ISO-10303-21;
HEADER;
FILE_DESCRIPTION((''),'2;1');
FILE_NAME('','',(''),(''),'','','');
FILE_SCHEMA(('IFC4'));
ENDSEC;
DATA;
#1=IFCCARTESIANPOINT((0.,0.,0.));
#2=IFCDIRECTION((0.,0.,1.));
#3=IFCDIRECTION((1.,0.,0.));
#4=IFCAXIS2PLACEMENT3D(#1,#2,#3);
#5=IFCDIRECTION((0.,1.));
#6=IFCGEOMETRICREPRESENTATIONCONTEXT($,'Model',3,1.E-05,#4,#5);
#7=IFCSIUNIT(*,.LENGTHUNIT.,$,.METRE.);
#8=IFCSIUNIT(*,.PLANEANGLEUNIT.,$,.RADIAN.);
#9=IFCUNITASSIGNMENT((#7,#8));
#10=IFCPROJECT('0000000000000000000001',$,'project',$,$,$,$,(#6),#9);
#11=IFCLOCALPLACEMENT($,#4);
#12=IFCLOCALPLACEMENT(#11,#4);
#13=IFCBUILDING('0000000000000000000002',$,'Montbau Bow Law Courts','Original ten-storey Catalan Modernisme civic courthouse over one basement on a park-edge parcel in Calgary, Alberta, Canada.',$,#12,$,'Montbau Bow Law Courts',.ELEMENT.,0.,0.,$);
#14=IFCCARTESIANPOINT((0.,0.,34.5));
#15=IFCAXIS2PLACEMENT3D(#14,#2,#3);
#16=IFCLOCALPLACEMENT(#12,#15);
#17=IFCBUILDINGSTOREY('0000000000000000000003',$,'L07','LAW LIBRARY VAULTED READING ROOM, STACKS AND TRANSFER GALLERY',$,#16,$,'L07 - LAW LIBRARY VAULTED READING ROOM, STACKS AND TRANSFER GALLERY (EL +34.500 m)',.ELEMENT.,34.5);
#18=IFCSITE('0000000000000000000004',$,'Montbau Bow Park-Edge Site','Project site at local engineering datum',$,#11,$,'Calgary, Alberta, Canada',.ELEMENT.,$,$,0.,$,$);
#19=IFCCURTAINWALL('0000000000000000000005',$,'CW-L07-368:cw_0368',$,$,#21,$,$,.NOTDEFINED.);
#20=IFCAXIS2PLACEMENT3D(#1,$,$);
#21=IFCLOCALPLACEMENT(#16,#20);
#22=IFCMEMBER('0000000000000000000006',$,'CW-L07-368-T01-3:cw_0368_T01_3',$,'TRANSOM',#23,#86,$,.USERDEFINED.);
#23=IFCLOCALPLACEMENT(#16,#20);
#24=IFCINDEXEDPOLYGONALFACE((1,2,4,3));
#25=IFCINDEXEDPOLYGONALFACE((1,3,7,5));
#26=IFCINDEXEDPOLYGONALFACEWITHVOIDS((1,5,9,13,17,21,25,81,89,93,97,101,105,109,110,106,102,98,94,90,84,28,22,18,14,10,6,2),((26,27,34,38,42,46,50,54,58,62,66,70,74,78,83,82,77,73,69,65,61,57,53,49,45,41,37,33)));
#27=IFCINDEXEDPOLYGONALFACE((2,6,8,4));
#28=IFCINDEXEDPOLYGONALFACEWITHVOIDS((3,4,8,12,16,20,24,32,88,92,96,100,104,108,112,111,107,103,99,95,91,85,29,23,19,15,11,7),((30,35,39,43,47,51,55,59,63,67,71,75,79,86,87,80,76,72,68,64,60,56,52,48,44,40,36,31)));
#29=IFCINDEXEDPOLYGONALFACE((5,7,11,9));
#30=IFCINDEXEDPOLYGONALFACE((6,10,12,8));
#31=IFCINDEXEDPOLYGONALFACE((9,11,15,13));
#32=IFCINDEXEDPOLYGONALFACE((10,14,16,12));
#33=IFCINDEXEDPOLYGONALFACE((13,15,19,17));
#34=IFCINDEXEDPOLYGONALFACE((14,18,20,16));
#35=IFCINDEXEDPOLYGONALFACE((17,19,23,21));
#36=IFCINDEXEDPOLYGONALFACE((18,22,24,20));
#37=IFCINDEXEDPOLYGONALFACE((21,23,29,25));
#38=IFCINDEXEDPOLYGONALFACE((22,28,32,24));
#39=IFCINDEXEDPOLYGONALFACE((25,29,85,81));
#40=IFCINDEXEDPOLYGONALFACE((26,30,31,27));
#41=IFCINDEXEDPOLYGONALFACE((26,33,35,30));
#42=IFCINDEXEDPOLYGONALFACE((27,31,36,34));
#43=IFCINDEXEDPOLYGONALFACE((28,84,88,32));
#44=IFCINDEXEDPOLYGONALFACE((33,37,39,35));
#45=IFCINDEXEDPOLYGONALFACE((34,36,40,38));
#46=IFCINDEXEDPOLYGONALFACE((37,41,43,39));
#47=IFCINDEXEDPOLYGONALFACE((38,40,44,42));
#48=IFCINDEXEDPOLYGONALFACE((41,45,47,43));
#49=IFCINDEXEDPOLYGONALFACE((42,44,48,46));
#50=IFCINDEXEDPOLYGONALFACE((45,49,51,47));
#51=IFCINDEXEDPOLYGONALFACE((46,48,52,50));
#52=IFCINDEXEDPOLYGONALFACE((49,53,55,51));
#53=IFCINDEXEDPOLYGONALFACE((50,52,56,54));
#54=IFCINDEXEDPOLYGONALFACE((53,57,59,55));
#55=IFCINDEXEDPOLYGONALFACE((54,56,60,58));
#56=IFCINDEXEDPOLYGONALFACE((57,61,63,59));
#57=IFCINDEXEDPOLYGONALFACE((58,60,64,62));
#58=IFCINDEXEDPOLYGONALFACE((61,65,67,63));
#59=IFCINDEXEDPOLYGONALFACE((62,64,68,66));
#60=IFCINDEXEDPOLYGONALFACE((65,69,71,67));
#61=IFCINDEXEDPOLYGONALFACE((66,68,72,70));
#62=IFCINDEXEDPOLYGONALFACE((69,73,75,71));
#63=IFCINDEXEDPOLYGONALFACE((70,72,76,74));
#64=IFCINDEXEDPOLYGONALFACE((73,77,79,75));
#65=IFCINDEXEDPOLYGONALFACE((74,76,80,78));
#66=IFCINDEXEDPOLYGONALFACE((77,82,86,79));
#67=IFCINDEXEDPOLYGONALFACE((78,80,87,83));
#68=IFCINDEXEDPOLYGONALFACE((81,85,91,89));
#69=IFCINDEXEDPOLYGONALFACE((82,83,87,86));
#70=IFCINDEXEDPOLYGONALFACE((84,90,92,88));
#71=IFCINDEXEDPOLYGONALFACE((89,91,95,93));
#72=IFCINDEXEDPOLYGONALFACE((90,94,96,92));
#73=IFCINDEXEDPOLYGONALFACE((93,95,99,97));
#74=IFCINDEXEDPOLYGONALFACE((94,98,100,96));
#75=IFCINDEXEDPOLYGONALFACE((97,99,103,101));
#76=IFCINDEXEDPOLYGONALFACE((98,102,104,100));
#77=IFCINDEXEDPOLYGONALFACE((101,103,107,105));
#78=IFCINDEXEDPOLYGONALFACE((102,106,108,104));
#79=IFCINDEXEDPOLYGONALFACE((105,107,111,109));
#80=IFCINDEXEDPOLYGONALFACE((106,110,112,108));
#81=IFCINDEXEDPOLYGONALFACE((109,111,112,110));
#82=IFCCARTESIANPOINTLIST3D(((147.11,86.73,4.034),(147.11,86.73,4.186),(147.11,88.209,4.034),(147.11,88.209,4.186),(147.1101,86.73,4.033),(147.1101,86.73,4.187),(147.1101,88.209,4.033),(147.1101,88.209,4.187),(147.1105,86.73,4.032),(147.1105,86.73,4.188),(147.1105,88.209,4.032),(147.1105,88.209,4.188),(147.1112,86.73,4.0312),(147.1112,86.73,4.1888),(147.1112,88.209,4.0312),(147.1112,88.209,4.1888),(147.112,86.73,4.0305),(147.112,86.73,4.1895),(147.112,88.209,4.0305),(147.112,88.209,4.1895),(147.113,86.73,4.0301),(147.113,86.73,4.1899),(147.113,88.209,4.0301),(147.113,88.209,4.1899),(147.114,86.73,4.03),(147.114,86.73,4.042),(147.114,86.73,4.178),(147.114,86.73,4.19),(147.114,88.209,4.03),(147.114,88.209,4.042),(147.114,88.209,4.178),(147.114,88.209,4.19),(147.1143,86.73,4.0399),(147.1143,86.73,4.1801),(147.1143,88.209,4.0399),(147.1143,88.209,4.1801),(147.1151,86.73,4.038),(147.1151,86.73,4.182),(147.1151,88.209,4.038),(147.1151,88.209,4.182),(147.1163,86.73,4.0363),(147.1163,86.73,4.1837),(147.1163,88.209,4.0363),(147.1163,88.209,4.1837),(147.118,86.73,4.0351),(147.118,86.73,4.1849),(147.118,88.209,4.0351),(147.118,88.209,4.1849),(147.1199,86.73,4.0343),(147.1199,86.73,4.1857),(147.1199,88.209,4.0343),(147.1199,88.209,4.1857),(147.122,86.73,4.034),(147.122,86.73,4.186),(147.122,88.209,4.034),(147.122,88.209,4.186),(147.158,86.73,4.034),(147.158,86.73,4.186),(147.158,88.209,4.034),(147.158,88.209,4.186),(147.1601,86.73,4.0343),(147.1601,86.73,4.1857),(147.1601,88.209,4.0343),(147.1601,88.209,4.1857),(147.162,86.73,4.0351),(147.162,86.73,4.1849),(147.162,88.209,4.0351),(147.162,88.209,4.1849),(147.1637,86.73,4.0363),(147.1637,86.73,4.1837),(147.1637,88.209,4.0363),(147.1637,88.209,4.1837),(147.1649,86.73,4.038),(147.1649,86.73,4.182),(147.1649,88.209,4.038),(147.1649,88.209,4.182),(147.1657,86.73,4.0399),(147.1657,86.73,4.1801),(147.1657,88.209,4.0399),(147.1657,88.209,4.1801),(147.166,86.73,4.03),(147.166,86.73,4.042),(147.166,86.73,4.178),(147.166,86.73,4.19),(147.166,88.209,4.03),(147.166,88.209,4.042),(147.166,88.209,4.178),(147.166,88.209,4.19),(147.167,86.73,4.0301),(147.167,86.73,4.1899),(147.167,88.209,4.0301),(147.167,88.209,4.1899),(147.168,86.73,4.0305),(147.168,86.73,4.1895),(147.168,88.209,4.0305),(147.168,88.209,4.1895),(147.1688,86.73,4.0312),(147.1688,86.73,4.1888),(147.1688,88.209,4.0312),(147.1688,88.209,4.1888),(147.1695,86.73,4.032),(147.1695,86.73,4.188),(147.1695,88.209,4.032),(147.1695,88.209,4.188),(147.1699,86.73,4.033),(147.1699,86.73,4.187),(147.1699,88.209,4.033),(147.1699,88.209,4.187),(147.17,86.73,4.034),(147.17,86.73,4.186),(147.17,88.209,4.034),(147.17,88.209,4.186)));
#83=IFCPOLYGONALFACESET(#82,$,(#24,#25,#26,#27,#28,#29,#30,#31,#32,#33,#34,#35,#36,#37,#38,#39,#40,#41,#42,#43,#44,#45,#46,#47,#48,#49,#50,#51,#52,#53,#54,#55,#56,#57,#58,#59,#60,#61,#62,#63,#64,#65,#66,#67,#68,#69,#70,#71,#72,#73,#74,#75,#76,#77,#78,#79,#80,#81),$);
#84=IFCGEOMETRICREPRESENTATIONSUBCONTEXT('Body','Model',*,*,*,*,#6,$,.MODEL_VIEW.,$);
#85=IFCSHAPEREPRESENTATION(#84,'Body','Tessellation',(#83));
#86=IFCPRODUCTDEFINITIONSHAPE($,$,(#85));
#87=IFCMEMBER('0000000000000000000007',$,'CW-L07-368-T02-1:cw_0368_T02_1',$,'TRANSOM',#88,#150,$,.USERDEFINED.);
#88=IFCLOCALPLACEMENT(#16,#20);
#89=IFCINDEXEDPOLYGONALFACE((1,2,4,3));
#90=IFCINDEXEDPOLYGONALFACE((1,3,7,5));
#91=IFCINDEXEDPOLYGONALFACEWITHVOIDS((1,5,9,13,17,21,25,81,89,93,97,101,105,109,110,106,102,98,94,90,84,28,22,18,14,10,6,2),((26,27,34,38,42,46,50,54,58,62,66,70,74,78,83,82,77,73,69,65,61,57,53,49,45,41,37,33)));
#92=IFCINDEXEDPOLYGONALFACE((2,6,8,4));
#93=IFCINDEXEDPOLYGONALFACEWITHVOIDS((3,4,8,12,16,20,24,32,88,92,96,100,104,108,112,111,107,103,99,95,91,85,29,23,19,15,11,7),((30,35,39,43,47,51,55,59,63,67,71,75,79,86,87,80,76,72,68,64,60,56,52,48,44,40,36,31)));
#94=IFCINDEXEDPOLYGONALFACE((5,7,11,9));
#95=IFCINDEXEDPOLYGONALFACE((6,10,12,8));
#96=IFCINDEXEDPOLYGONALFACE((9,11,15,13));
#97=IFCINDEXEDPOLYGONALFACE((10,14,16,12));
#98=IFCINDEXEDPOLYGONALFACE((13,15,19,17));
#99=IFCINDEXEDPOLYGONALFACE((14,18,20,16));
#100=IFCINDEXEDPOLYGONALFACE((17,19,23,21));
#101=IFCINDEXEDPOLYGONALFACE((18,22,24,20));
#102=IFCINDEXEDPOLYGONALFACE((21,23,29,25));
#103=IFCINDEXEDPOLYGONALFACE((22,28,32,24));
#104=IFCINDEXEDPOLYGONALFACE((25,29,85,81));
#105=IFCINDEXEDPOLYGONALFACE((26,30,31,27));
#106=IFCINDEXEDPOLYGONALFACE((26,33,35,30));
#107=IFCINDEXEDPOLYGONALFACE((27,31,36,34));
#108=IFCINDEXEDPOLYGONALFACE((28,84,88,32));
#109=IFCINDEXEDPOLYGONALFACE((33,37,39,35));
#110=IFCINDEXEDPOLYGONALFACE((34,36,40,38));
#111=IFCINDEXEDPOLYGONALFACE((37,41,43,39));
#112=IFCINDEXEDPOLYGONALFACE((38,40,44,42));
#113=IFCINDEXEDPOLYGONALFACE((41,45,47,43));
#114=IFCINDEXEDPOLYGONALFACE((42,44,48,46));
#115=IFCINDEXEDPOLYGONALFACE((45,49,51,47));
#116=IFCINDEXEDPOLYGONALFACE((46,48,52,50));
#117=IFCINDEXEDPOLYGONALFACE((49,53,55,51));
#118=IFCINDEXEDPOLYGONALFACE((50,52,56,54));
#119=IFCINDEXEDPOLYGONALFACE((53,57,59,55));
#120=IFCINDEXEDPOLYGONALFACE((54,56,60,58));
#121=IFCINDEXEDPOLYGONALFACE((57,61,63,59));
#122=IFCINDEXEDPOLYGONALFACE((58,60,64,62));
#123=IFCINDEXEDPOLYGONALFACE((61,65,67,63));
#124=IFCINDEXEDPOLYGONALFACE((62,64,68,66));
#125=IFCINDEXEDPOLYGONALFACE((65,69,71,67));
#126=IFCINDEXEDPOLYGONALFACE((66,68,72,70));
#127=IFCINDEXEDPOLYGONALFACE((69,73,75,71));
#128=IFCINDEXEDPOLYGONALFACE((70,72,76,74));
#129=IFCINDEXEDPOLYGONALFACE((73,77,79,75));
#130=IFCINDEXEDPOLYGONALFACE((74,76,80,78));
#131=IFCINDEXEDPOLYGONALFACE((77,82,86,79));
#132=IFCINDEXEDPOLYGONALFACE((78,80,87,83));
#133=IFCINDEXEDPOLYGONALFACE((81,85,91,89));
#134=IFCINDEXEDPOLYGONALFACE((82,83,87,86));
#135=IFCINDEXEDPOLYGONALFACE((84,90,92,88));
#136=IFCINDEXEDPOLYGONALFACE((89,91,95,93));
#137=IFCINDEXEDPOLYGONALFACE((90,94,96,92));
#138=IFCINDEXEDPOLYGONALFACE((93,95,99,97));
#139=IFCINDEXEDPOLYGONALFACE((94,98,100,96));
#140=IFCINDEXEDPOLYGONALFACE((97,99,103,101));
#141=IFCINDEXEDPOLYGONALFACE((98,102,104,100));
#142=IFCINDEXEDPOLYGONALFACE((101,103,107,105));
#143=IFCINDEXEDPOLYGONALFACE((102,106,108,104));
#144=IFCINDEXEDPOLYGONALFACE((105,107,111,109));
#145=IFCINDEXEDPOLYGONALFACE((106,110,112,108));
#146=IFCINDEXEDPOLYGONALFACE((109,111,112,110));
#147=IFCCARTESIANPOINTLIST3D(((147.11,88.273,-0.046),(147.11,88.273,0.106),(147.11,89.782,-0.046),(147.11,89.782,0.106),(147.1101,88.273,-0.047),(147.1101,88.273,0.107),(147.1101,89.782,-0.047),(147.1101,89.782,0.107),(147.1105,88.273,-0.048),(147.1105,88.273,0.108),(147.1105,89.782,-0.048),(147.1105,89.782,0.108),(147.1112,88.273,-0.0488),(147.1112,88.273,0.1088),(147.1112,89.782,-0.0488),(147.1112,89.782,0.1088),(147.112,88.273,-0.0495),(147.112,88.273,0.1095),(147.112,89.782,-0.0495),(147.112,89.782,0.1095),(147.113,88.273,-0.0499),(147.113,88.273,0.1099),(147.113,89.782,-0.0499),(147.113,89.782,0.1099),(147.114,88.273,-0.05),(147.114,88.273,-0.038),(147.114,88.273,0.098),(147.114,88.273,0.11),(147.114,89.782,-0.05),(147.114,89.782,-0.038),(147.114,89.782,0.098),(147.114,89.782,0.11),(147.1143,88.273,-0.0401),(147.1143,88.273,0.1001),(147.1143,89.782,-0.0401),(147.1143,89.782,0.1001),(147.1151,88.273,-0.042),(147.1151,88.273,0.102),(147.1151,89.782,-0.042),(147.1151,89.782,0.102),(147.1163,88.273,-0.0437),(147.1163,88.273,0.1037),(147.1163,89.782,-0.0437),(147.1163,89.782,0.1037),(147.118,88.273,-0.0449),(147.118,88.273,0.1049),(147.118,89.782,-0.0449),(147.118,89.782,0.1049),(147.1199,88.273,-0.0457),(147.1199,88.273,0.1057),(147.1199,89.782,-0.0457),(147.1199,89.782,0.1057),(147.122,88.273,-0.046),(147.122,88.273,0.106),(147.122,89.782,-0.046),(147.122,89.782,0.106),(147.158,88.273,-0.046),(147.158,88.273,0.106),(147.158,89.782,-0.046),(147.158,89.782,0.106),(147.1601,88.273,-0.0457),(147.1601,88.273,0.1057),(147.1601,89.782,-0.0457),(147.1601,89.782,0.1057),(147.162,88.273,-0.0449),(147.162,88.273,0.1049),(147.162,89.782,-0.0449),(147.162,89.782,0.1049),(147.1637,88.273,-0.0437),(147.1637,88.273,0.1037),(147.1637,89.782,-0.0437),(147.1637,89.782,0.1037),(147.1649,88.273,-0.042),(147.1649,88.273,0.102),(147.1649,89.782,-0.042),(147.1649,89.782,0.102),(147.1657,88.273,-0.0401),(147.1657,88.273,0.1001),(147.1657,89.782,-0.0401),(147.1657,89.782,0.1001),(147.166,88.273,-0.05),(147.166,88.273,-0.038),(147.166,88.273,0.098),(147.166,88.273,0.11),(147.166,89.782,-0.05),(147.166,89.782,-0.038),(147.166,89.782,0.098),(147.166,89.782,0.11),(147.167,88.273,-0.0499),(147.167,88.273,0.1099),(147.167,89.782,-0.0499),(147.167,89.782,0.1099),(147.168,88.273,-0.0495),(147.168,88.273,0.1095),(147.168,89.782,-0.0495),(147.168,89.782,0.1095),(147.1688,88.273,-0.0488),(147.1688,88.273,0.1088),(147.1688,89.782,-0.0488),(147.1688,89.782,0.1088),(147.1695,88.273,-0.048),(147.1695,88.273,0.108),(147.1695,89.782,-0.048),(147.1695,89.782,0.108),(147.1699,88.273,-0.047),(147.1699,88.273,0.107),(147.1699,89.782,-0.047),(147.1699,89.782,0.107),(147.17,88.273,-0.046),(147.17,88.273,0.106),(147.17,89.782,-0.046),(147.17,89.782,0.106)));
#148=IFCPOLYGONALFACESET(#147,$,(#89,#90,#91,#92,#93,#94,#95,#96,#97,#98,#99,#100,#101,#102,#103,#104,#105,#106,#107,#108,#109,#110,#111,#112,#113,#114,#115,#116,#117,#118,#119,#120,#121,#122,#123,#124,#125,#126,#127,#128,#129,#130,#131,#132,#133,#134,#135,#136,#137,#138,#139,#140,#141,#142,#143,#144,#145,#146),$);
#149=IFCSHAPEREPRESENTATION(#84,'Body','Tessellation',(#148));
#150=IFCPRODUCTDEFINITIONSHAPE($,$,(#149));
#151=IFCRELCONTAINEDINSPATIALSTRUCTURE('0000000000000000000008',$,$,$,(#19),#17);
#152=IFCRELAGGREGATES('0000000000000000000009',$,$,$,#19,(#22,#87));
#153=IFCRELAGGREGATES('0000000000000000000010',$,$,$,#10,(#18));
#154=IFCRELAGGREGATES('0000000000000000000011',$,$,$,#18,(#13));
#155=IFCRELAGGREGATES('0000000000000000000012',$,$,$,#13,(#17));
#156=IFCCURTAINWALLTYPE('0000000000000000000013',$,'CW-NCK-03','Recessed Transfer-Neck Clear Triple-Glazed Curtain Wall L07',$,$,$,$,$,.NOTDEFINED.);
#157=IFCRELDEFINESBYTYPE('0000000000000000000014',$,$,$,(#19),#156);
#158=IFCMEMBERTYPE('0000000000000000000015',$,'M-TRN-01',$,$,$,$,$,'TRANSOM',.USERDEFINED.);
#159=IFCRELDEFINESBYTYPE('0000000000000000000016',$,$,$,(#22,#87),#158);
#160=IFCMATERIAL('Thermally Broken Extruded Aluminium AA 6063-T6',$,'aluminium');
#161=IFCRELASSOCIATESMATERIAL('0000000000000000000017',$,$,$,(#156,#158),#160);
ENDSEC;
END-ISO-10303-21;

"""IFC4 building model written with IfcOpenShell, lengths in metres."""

from ifc_helpers import new_model, si_unit, direction, frame, origin_with_axes, origin_2d_with_axis, place, context, subcontext, project, spatial, hollow_rectangle, extrude, material, material_profile, profile_set, type_object, element, aggregate, save


model = new_model("IFC4")

# Units and contexts
model_context = context("Model", 3, precision=1e-05, world=origin_with_axes(), true_north=direction((0.0, 1.0)))
body_context = subcontext(model_context, "Body", "Model", "MODEL_VIEW")
ifc_project = project(units=[si_unit("LENGTHUNIT", "METRE"), si_unit("PLANEANGLEUNIT", "RADIAN")], contexts=[model_context])

# Site, building, storey
site_placement = place(None, origin_with_axes())
site = spatial("IfcSite", under=ifc_project, at=site_placement, Name="Montbau Bow Park-Edge Site", Description="Project site at local engineering datum", LongName="Calgary, Alberta, Canada", CompositionType="ELEMENT", RefElevation=0.0)
building_placement = place(site_placement, origin_with_axes())
building = spatial("IfcBuilding", under=site, at=building_placement, Name="Montbau Bow Law Courts", Description="Original ten-storey Catalan Modernisme civic courthouse over one basement on a park-edge parcel in Calgary, Alberta, Canada.", LongName="Montbau Bow Law Courts", CompositionType="ELEMENT", ElevationOfRefHeight=0.0, ElevationOfTerrain=0.0)
storey_placement = place(building_placement, frame((0.0, 0.0, 34.5), z_axis=(0.0, 0.0, 1.0), x_axis=(1.0, 0.0, 0.0)))
storey = spatial("IfcBuildingStorey", under=building, at=storey_placement, Name="L07", Description="LAW LIBRARY VAULTED READING ROOM, STACKS AND TRANSFER GALLERY", LongName="L07 - LAW LIBRARY VAULTED READING ROOM, STACKS AND TRANSFER GALLERY (EL +34.500 m)", CompositionType="ELEMENT", Elevation=34.5)

# Curtain wall, members
ifc_material_1 = material(Name="Thermally Broken Extruded Aluminium AA 6063-T6", Category="aluminium")
curtain_wall_type = type_object("IfcCurtainWallType", Name="CW-NCK-03", Description="Recessed Transfer-Neck Clear Triple-Glazed Curtain Wall L07", PredefinedType="NOTDEFINED", material=ifc_material_1)
curtain_wall_placement = place(None, frame((147.14, 86.668, 34.5), z_axis=(0.0, 0.0, 1.0), x_axis=(1.0, 0.0, 0.0)))
curtain_wall = element("IfcCurtainWall", 1, at=curtain_wall_placement, inside=storey, type_object=curtain_wall_type, Name="CW-L07-368:cw_0368", PredefinedType="NOTDEFINED")
ifc_material_profile_1 = material_profile(ifc_material_1, hollow_rectangle(XDim=0.06, YDim=0.16, WallThickness=0.004, InnerFilletRadius=0.008, OuterFilletRadius=0.004, at=origin_2d_with_axis()), Name="CWT-160X60", Category="Main", Priority=0)
ifc_profile_set_1 = profile_set([ifc_material_profile_1], Name="Thermally Broken Extruded Aluminium AA 6063-T6")
member_type_1 = type_object("IfcMemberType", Name="M-TRN-01", ElementType="TRANSOM", PredefinedType="USERDEFINED", material=ifc_profile_set_1)
member_1_placement = place(None, frame((147.14, 86.73, 38.61), z_axis=(0.0, 1.0, 0.0), x_axis=(-1.0, 0.0, 0.0)))
member_1 = element("IfcMember", 2, at=member_1_placement, type_object=member_type_1, Name="CW-L07-368-T01-3:cw_0368_T01_3", ObjectType="TRANSOM", PredefinedType="USERDEFINED", context=body_context, shape_type="SweptSolid", body=[
    extrude(hollow_rectangle(XDim=0.06, YDim=0.16, WallThickness=0.004, InnerFilletRadius=0.008, OuterFilletRadius=0.004, at=origin_2d_with_axis()), origin_with_axes(), (0.0, 0.0, 1.0), 1.479),
])
member_2_placement = place(None, frame((147.14, 88.273, 34.53), z_axis=(0.0, 1.0, 0.0), x_axis=(-1.0, 0.0, 0.0)))
member_2 = element("IfcMember", 3, at=member_2_placement, type_object=member_type_1, Name="CW-L07-368-T02-1:cw_0368_T02_1", ObjectType="TRANSOM", PredefinedType="USERDEFINED", context=body_context, shape_type="SweptSolid", body=[
    extrude(hollow_rectangle(XDim=0.06, YDim=0.16, WallThickness=0.004, InnerFilletRadius=0.008, OuterFilletRadius=0.004, at=origin_2d_with_axis()), origin_with_axes(), (0.0, 0.0, 1.0), 1.509),
])
aggregate(curtain_wall, [member_1, member_2])

save(model, "model.ifc")
